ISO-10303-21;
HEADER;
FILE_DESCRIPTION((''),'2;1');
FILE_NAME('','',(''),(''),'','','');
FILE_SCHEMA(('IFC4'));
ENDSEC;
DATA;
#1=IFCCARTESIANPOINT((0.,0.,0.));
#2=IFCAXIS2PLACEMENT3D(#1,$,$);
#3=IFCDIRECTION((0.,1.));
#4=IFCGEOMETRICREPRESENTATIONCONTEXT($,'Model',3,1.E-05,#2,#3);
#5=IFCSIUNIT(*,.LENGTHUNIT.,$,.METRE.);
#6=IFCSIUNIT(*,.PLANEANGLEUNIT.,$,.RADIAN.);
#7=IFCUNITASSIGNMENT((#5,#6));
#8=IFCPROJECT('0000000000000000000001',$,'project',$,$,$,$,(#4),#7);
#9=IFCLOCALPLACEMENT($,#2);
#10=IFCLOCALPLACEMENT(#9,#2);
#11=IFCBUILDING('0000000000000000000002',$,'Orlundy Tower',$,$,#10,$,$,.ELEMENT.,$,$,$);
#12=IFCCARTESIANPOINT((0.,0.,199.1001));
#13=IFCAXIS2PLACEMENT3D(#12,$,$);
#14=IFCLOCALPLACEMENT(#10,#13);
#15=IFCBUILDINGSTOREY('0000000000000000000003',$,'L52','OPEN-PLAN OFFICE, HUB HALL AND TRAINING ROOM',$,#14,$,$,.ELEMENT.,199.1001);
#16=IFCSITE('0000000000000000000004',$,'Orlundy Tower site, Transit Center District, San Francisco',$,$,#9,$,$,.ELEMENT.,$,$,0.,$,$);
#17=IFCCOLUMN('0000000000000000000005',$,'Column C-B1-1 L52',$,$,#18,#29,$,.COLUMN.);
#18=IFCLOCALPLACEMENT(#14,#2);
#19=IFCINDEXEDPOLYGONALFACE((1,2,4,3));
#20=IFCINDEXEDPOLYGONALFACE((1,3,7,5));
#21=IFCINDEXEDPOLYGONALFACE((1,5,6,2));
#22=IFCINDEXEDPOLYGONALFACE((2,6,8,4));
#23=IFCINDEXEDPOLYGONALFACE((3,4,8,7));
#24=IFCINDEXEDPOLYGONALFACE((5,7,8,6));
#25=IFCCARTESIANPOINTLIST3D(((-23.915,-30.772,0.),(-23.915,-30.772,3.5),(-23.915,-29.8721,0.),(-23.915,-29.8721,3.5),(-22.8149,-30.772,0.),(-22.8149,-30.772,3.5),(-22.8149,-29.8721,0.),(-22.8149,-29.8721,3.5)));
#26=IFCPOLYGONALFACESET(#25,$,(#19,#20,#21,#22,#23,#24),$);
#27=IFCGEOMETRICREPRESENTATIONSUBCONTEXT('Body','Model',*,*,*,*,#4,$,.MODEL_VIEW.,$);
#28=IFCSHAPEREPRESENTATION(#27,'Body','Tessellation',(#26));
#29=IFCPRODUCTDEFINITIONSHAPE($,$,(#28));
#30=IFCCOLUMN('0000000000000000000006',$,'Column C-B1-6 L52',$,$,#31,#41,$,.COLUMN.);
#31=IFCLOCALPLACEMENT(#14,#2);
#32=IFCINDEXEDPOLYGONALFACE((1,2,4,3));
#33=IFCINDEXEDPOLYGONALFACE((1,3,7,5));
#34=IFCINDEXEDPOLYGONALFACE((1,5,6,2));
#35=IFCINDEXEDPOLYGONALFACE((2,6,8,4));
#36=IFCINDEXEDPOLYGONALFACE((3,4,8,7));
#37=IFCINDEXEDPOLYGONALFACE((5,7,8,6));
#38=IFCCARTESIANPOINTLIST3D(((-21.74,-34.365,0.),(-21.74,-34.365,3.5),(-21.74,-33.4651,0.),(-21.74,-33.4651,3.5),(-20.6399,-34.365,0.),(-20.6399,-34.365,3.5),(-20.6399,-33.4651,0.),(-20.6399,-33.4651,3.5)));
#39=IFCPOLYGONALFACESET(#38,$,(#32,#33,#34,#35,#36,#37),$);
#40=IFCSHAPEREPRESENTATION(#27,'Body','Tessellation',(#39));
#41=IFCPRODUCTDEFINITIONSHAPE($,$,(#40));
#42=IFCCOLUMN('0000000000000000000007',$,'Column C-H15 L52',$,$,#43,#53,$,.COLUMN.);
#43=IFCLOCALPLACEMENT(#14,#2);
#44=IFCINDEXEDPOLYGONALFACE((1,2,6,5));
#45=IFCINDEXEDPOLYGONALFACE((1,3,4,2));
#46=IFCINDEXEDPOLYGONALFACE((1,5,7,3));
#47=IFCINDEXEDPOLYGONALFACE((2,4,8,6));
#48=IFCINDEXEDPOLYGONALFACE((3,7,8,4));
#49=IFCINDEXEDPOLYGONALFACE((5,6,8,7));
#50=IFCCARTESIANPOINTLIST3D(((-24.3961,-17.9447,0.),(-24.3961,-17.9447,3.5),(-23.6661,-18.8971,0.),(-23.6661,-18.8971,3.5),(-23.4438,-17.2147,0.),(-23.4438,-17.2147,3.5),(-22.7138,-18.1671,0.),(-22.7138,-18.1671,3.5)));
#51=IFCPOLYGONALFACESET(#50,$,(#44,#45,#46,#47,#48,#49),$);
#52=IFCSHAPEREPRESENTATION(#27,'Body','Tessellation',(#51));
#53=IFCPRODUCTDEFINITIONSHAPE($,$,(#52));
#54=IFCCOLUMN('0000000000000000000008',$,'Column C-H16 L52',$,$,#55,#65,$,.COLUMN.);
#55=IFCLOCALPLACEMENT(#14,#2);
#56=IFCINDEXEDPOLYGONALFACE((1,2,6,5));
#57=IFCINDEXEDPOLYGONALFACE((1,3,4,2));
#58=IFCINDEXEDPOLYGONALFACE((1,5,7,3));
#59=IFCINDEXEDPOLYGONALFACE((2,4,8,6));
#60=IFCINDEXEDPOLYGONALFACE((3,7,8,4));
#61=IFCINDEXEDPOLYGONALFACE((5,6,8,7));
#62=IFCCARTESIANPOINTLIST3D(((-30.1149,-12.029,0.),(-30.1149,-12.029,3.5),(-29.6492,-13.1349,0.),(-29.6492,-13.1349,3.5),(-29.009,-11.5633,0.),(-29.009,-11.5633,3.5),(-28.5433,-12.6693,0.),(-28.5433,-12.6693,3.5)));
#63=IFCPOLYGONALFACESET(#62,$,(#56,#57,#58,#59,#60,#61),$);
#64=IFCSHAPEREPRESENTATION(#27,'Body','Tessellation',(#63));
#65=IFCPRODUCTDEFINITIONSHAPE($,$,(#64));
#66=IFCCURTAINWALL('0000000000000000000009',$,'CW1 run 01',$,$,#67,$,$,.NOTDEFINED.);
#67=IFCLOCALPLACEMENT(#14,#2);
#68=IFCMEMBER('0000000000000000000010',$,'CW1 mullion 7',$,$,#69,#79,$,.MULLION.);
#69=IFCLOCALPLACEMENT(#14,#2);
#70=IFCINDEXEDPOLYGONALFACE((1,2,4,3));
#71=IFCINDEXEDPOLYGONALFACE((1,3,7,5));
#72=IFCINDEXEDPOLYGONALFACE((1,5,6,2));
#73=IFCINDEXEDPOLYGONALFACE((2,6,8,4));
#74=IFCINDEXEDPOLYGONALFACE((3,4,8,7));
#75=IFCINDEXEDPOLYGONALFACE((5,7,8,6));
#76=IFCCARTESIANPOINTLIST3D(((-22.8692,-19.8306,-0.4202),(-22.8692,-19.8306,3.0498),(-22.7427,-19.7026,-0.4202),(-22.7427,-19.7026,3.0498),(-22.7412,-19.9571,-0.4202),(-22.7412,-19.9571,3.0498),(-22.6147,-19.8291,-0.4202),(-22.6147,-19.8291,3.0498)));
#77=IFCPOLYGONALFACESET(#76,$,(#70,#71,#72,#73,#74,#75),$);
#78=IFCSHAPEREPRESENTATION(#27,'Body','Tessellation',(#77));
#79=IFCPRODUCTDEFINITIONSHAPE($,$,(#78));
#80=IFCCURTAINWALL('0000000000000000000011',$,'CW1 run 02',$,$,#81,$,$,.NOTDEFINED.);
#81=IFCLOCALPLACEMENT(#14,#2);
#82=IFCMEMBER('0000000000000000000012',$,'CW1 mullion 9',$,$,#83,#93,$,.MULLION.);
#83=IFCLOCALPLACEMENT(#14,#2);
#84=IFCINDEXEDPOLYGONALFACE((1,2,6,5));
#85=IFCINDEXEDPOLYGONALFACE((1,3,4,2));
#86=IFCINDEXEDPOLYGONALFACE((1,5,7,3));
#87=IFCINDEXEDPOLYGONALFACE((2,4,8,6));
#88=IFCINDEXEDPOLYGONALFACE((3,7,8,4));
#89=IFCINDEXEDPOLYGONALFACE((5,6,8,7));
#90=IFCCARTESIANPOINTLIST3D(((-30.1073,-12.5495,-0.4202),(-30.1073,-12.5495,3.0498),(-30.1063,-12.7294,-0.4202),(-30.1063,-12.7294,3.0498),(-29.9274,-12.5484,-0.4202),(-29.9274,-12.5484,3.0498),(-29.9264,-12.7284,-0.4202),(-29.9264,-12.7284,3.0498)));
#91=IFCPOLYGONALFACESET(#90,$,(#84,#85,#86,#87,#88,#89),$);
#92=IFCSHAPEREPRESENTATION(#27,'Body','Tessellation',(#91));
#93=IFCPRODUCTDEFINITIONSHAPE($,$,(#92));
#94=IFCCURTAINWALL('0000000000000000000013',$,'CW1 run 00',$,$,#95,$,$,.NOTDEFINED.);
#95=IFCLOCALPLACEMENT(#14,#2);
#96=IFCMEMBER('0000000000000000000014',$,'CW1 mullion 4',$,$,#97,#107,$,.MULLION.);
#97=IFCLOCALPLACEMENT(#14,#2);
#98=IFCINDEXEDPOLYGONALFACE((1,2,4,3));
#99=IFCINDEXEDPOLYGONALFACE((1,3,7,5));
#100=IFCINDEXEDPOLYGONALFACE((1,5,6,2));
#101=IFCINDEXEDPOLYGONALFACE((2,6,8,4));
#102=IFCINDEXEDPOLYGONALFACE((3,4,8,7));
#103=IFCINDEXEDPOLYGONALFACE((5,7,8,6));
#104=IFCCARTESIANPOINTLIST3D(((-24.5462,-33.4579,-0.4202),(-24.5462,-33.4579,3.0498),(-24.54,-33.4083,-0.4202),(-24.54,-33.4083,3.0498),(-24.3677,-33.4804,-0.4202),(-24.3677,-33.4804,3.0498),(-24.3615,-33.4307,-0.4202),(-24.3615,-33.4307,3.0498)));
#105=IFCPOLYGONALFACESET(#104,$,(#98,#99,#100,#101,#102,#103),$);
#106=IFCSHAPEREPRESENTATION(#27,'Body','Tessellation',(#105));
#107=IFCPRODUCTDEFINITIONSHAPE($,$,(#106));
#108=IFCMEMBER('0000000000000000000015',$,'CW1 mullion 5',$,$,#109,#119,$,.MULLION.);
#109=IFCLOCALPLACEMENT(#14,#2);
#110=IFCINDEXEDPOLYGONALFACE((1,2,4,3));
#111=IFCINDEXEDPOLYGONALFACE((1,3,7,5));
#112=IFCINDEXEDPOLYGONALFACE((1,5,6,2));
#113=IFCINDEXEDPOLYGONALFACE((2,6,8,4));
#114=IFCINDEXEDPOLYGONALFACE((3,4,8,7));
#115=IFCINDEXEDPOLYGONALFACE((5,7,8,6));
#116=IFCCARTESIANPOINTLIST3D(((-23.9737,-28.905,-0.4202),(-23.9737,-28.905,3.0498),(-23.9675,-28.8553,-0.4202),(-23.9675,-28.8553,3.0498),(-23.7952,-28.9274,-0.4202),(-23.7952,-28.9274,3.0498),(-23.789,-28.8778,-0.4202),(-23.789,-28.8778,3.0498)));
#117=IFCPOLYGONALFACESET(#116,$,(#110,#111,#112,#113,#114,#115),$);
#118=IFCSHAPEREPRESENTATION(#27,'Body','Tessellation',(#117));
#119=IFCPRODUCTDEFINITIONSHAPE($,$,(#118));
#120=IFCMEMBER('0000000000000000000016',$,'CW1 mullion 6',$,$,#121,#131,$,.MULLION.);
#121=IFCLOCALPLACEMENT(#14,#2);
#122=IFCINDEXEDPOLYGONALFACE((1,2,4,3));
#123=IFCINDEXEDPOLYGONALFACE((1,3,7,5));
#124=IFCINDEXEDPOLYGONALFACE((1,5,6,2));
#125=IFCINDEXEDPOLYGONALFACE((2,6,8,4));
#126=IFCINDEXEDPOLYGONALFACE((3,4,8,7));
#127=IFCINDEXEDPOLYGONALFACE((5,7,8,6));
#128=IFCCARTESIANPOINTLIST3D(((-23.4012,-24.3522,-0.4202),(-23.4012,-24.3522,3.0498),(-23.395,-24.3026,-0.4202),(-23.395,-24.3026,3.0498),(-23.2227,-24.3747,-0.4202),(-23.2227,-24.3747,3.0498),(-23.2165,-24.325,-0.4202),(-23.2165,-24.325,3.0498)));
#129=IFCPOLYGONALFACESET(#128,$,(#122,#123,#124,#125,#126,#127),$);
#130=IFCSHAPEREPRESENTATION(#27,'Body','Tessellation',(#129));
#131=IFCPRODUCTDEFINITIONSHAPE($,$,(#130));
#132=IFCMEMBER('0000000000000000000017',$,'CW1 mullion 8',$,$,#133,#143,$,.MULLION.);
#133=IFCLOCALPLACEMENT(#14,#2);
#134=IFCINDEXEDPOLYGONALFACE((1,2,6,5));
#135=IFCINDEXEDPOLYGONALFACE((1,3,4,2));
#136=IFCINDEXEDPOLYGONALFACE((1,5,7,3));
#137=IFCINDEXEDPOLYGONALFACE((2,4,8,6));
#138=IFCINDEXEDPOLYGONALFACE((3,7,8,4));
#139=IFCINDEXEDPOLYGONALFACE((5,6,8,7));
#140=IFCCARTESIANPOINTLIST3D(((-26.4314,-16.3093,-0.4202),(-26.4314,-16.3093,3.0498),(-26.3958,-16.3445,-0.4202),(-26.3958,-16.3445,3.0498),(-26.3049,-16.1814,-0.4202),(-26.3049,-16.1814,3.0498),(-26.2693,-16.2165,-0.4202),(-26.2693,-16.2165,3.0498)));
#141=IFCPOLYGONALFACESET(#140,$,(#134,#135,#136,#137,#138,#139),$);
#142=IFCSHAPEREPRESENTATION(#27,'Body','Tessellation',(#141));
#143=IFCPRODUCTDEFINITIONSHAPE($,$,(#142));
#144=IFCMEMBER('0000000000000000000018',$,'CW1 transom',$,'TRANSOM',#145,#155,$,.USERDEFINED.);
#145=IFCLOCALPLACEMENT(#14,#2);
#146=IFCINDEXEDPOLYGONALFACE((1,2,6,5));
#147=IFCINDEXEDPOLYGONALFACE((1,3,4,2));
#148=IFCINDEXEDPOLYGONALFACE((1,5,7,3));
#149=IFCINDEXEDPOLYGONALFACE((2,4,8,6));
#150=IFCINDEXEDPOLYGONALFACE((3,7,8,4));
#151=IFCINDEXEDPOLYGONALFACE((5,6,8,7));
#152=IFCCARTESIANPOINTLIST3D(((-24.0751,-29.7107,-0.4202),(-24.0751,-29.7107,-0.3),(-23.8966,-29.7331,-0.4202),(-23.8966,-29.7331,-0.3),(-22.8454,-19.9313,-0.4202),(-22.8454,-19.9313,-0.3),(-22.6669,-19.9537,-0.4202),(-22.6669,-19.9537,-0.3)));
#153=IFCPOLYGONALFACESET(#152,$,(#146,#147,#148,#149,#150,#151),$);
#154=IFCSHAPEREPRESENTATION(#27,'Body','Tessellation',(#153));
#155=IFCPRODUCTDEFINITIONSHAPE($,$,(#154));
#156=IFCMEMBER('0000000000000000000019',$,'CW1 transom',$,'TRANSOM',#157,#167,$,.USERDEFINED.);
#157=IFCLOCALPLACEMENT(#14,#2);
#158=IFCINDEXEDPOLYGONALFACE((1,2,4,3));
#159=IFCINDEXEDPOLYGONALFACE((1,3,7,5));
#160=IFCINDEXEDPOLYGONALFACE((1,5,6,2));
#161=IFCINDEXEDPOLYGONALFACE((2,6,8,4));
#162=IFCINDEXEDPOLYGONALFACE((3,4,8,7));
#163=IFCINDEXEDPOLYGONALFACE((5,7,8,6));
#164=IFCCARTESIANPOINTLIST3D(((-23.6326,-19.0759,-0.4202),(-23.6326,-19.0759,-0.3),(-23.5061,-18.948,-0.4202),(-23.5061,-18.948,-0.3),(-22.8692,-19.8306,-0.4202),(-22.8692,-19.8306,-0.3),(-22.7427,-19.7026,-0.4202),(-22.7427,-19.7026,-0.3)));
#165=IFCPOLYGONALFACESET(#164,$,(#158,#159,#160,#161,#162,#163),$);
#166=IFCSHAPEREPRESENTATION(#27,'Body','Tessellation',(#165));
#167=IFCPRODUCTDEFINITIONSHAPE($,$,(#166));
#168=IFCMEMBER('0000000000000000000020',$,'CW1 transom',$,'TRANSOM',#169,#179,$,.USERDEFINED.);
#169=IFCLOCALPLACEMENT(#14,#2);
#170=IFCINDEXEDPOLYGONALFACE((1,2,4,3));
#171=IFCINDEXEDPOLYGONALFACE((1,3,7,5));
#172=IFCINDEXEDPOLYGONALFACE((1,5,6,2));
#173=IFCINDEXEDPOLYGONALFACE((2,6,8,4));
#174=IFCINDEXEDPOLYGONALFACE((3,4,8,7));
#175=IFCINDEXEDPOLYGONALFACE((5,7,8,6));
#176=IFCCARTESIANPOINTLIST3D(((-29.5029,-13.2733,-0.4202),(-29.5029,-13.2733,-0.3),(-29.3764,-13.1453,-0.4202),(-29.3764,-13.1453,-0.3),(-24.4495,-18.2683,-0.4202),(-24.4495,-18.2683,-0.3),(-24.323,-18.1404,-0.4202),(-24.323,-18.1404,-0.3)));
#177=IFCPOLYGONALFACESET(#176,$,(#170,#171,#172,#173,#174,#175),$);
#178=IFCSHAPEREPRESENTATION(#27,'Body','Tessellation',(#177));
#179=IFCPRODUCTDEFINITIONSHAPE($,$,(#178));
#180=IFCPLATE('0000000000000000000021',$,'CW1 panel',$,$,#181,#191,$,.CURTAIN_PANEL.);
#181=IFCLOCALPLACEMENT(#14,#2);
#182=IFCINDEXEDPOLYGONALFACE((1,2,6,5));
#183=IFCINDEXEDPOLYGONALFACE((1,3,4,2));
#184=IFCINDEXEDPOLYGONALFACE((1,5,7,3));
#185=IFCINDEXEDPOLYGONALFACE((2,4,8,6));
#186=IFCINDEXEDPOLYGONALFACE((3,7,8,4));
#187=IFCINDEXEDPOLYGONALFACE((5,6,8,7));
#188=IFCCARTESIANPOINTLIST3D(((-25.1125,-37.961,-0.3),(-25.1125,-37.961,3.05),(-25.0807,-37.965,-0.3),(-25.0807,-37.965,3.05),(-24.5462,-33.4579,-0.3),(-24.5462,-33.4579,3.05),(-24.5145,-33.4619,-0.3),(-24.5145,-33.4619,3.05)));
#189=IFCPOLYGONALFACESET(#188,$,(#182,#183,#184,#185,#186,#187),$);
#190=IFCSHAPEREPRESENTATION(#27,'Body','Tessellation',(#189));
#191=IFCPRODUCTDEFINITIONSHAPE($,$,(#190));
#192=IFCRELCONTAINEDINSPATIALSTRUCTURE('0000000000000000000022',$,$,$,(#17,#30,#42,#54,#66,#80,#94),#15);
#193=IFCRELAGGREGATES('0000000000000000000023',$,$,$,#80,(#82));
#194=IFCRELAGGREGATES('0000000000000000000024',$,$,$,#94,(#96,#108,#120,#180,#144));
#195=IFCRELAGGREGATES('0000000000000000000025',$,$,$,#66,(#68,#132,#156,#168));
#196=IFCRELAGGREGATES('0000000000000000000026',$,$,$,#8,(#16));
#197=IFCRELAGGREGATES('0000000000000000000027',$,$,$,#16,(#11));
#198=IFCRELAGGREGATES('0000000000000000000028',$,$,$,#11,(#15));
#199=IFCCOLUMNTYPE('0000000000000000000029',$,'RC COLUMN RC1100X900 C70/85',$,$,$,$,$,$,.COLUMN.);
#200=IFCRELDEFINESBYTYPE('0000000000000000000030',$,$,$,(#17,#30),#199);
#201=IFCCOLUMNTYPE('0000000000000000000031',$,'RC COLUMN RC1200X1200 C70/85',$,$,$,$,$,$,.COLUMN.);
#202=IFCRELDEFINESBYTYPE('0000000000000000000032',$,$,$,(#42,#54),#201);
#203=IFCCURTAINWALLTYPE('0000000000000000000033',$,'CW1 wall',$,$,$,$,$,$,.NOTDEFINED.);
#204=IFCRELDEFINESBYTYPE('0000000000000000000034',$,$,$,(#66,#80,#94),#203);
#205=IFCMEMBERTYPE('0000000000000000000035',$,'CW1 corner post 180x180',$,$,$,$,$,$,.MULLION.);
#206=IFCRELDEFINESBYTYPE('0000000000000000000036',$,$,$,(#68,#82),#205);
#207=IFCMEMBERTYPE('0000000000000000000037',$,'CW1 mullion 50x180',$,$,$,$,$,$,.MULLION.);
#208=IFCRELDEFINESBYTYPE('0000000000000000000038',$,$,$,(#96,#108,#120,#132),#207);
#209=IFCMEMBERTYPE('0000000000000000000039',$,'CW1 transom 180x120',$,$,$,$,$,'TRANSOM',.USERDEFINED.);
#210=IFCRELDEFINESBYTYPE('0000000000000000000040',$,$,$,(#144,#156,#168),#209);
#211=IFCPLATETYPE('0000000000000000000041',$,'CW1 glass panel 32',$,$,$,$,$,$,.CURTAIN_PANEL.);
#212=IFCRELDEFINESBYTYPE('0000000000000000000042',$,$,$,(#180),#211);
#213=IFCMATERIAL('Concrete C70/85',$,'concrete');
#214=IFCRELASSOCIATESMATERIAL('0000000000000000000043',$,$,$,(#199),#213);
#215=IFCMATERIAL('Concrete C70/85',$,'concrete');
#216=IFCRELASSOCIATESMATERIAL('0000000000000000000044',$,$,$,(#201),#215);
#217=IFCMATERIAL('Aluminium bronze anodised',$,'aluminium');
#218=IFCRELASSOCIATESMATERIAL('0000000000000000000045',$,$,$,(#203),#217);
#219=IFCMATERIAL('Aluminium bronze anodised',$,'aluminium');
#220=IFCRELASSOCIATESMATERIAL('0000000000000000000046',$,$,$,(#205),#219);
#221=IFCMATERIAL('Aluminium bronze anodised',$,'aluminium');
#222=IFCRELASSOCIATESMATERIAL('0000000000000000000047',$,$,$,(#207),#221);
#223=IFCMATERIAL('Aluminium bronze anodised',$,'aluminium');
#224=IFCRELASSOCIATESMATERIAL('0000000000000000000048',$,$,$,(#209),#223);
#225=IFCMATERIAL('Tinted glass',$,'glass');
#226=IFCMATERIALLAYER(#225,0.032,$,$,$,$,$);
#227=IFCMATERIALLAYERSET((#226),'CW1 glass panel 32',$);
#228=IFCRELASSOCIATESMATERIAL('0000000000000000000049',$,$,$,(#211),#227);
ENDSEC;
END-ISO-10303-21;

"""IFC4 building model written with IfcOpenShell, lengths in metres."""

from ifc_helpers import new_model, si_unit, direction, frame, origin, origin_2d, place, context, subcontext, project, spatial, rectangle, extrude, material, layer, layer_set, material_profile, profile_set, type_object, element, aggregate, save


model = new_model("IFC4")

# Units and contexts
model_context = context("Model", 3, precision=1e-05, world=origin(), true_north=direction((0.0, 1.0)))
body_context = subcontext(model_context, "Body", "Model", "MODEL_VIEW")
ifc_project = project(units=[si_unit("LENGTHUNIT", "METRE"), si_unit("PLANEANGLEUNIT", "RADIAN")], contexts=[model_context])

# Site, building, storey
site_placement = place(None, origin())
site = spatial("IfcSite", under=ifc_project, at=site_placement, Name="Orlundy Tower site, Transit Center District, San Francisco", CompositionType="ELEMENT", RefElevation=0.0)
building_placement = place(site_placement, origin())
building = spatial("IfcBuilding", under=site, at=building_placement, Name="Orlundy Tower", CompositionType="ELEMENT")
storey_placement = place(building_placement, frame((0.0, 0.0, 199.1001)))
storey = spatial("IfcBuildingStorey", under=building, at=storey_placement, Name="L52", Description="OPEN-PLAN OFFICE, HUB HALL AND TRAINING ROOM", CompositionType="ELEMENT", Elevation=199.1001)

# Columns
ifc_material_1 = material(Name="Concrete C70/85", Category="concrete")
ifc_material_profile_1 = material_profile(ifc_material_1, rectangle(XDim=1.1001, YDim=0.8999, at=origin_2d()), Name="RC1100X900")
ifc_profile_set_1 = profile_set([ifc_material_profile_1], Name="Concrete C70/85")
column_type_1 = type_object("IfcColumnType", Name="RC COLUMN RC1100X900 C70/85", PredefinedType="COLUMN", material=ifc_profile_set_1)
for number, where, z_axis, x_axis, name in (
    (1, (-23.365, -30.322, 0.0), (0.0, 0.0, 1.0), (1.0, 0.0, 0.0), "Column C-B1-1 L52"),
    (2, (-21.1899, -33.915, 0.0), (0.0, 0.0, 1.0), (1.0, 0.0, 0.0), "Column C-B1-6 L52"),
):
    element("IfcColumn", number, at=place(storey_placement, frame(where, z_axis=z_axis, x_axis=x_axis)), inside=storey, type_object=column_type_1, Name=name, PredefinedType="COLUMN", context=body_context, shape_type="SweptSolid", body=[
        extrude(rectangle(XDim=1.1001, YDim=0.8999, at=origin_2d()), origin(), (0.0, 0.0, 1.0), 3.5),
    ])
ifc_material_2 = material(Name="Concrete C70/85", Category="concrete")
ifc_material_profile_2 = material_profile(ifc_material_2, rectangle(XDim=1.2, YDim=1.2, at=origin_2d()), Name="RC1200X1200")
ifc_profile_set_2 = profile_set([ifc_material_profile_2], Name="Concrete C70/85")
column_type_2 = type_object("IfcColumnType", Name="RC COLUMN RC1200X1200 C70/85", PredefinedType="COLUMN", material=ifc_profile_set_2)
for number, where, z_axis, x_axis, name in (
    (3, (-23.5549, -18.0559, 0.0), (0.0, 0.0, 1.0), (-0.793651, -0.608374, 0.0), "Column C-H15 L52"),
    (4, (-29.3291, -12.3491, 0.0), (0.0, 0.0, 1.0), (-0.921633, -0.388063, 0.0), "Column C-H16 L52"),
):
    element("IfcColumn", number, at=place(storey_placement, frame(where, z_axis=z_axis, x_axis=x_axis)), inside=storey, type_object=column_type_2, Name=name, PredefinedType="COLUMN", context=body_context, shape_type="SweptSolid", body=[
        extrude(rectangle(XDim=1.2, YDim=1.2, at=origin_2d()), origin(), (0.0, 0.0, 1.0), 3.5),
    ])

# Curtain walls, members
ifc_material_3 = material(Name="Aluminium bronze anodised", Category="aluminium")
curtain_wall_type = type_object("IfcCurtainWallType", Name="CW1 wall", PredefinedType="NOTDEFINED", material=ifc_material_3)
curtain_wall_1_placement = place(storey_placement, origin())
curtain_wall_1 = element("IfcCurtainWall", 5, at=curtain_wall_1_placement, inside=storey, type_object=curtain_wall_type, Name="CW1 run 01", PredefinedType="NOTDEFINED")
ifc_material_4 = material(Name="Aluminium bronze anodised", Category="aluminium")
ifc_material_profile_3 = material_profile(ifc_material_4, rectangle(XDim=0.1799, YDim=0.1799, at=origin_2d()), Name="CW1 corner post 180x180")
ifc_profile_set_3 = profile_set([ifc_material_profile_3], Name="Aluminium bronze anodised")
member_type_1 = type_object("IfcMemberType", Name="CW1 corner post 180x180", PredefinedType="MULLION", material=ifc_profile_set_3)
member_1_placement = place(storey_placement, frame((-22.7419, -19.8298, -0.4202), z_axis=(0.0, 0.0, 1.0), x_axis=(-0.702992, -0.711198, 0.0)))
member_1 = element("IfcMember", 6, at=member_1_placement, type_object=member_type_1, Name="CW1 mullion 7", PredefinedType="MULLION", context=body_context, shape_type="SweptSolid", body=[
    extrude(rectangle(XDim=0.1799, YDim=0.1799, at=origin_2d()), origin(), (0.0, 0.0, 1.0), 3.47),
])
curtain_wall_2_placement = place(storey_placement, origin())
curtain_wall_2 = element("IfcCurtainWall", 7, at=curtain_wall_2_placement, inside=storey, type_object=curtain_wall_type, Name="CW1 run 02", PredefinedType="NOTDEFINED")
member_2_placement = place(storey_placement, frame((-30.0168, -12.6389, -0.4202), z_axis=(0.0, 0.0, 1.0), x_axis=(-0.999983, -0.005834, 0.0)))
member_2 = element("IfcMember", 8, at=member_2_placement, type_object=member_type_1, Name="CW1 mullion 9", PredefinedType="MULLION", context=body_context, shape_type="SweptSolid", body=[
    extrude(rectangle(XDim=0.1799, YDim=0.1799, at=origin_2d()), origin(), (0.0, 0.0, 1.0), 3.47),
])
aggregate(curtain_wall_2, [member_2])

# Curtain wall, members
curtain_wall_3_placement = place(storey_placement, origin())
curtain_wall_3 = element("IfcCurtainWall", 9, at=curtain_wall_3_placement, inside=storey, type_object=curtain_wall_type, Name="CW1 run 00", PredefinedType="NOTDEFINED")
ifc_material_5 = material(Name="Aluminium bronze anodised", Category="aluminium")
ifc_material_profile_4 = material_profile(ifc_material_5, rectangle(XDim=0.1799, YDim=0.05, at=origin_2d()), Name="CW1 mullion 50x180")
ifc_profile_set_4 = profile_set([ifc_material_profile_4], Name="Aluminium bronze anodised")
member_type_2 = type_object("IfcMemberType", Name="CW1 mullion 50x180", PredefinedType="MULLION", material=ifc_profile_set_4)
member_3_placement = place(storey_placement, frame((-24.4539, -33.4443, -0.4202), z_axis=(0.0, 0.0, 1.0), x_axis=(-0.992187, 0.124763, 0.0)))
member_3 = element("IfcMember", 10, at=member_3_placement, type_object=member_type_2, Name="CW1 mullion 4", PredefinedType="MULLION", context=body_context, shape_type="SweptSolid", body=[
    extrude(rectangle(XDim=0.1799, YDim=0.05, at=origin_2d()), origin(), (0.0, 0.0, 1.0), 3.47),
])
member_4_placement = place(storey_placement, frame((-23.8813, -28.8914, -0.4202), z_axis=(0.0, 0.0, 1.0), x_axis=(-0.992187, 0.124763, 0.0)))
member_4 = element("IfcMember", 11, at=member_4_placement, type_object=member_type_2, Name="CW1 mullion 5", PredefinedType="MULLION", context=body_context, shape_type="SweptSolid", body=[
    extrude(rectangle(XDim=0.1799, YDim=0.05, at=origin_2d()), origin(), (0.0, 0.0, 1.0), 3.47),
])
member_5_placement = place(storey_placement, frame((-23.3088, -24.3386, -0.4202), z_axis=(0.0, 0.0, 1.0), x_axis=(-0.992187, 0.124763, 0.0)))
member_5 = element("IfcMember", 12, at=member_5_placement, type_object=member_type_2, Name="CW1 mullion 6", PredefinedType="MULLION", context=body_context, shape_type="SweptSolid", body=[
    extrude(rectangle(XDim=0.1799, YDim=0.05, at=origin_2d()), origin(), (0.0, 0.0, 1.0), 3.47),
])

# Members
member_6_placement = place(storey_placement, frame((-26.3503, -16.2629, -0.4202), z_axis=(0.0, 0.0, 1.0), x_axis=(-0.702992, -0.711198, 0.0)))
member_6 = element("IfcMember", 13, at=member_6_placement, type_object=member_type_2, Name="CW1 mullion 8", PredefinedType="MULLION", context=body_context, shape_type="SweptSolid", body=[
    extrude(rectangle(XDim=0.1799, YDim=0.05, at=origin_2d()), origin(), (0.0, 0.0, 1.0), 3.47),
])
ifc_material_6 = material(Name="Aluminium bronze anodised", Category="aluminium")
ifc_material_profile_5 = material_profile(ifc_material_6, rectangle(XDim=0.1799, YDim=0.1201, at=origin_2d()), Name="CW1 transom 180x120")
ifc_profile_set_5 = profile_set([ifc_material_profile_5], Name="Aluminium bronze anodised")
member_type_3 = type_object("IfcMemberType", Name="CW1 transom 180x120", ElementType="TRANSOM", PredefinedType="USERDEFINED", material=ifc_profile_set_5)
member_7_placement = place(storey_placement, frame((-23.9858, -29.7219, -0.3601), z_axis=(0.124763, 0.992187, 0.0), x_axis=(-0.992187, 0.124763, 0.0)))
member_7 = element("IfcMember", 14, at=member_7_placement, type_object=member_type_3, Name="CW1 transom", ObjectType="TRANSOM", PredefinedType="USERDEFINED", context=body_context, shape_type="SweptSolid", body=[
    extrude(rectangle(XDim=0.1799, YDim=0.1201, at=origin_2d()), origin(), (0.0, 0.0, 1.0), 9.8564),
])
member_8_placement = place(storey_placement, frame((-22.8059, -19.7666, -0.3601), z_axis=(-0.711189, 0.703001, 0.0), x_axis=(-0.703001, -0.711189, 0.0)))
member_8 = element("IfcMember", 15, at=member_8_placement, type_object=member_type_3, Name="CW1 transom", ObjectType="TRANSOM", PredefinedType="USERDEFINED", context=body_context, shape_type="SweptSolid", body=[
    extrude(rectangle(XDim=0.1799, YDim=0.1201, at=origin_2d()), origin(), (0.0, 0.0, 1.0), 1.0735),
])
member_9_placement = place(storey_placement, frame((-24.3862, -18.2043, -0.3601), z_axis=(-0.711201, 0.702989, 0.0), x_axis=(-0.702989, -0.711201, 0.0)))
member_9 = element("IfcMember", 16, at=member_9_placement, type_object=member_type_3, Name="CW1 transom", ObjectType="TRANSOM", PredefinedType="USERDEFINED", context=body_context, shape_type="SweptSolid", body=[
    extrude(rectangle(XDim=0.1799, YDim=0.1201, at=origin_2d()), origin(), (0.0, 0.0, 1.0), 7.1055),
])

# Plate
ifc_material_7 = material(Name="Tinted glass", Category="glass")
ifc_layer_1 = layer(ifc_material_7, 0.032)
ifc_layer_set_1 = layer_set([ifc_layer_1], Name="CW1 glass panel 32")
plate_type = type_object("IfcPlateType", Name="CW1 glass panel 32", PredefinedType="CURTAIN_PANEL", material=ifc_layer_set_1)
plate_1_placement = place(storey_placement, frame((-24.8135, -35.7114, -0.3), z_axis=(0.0, 0.0, 1.0), x_axis=(0.124763, 0.992187, 0.0)))
plate_1 = element("IfcPlate", 17, at=plate_1_placement, type_object=plate_type, Name="CW1 panel", PredefinedType="CURTAIN_PANEL", context=body_context, shape_type="SweptSolid", body=[
    extrude(rectangle(XDim=4.5386, YDim=0.032, at=origin_2d()), origin(), (0.0, 0.0, 1.0), 3.3501),
])
aggregate(curtain_wall_3, [member_3, member_4, member_5, plate_1, member_7])
aggregate(curtain_wall_1, [member_1, member_6, member_8, member_9])

save(model, "model.ifc")
